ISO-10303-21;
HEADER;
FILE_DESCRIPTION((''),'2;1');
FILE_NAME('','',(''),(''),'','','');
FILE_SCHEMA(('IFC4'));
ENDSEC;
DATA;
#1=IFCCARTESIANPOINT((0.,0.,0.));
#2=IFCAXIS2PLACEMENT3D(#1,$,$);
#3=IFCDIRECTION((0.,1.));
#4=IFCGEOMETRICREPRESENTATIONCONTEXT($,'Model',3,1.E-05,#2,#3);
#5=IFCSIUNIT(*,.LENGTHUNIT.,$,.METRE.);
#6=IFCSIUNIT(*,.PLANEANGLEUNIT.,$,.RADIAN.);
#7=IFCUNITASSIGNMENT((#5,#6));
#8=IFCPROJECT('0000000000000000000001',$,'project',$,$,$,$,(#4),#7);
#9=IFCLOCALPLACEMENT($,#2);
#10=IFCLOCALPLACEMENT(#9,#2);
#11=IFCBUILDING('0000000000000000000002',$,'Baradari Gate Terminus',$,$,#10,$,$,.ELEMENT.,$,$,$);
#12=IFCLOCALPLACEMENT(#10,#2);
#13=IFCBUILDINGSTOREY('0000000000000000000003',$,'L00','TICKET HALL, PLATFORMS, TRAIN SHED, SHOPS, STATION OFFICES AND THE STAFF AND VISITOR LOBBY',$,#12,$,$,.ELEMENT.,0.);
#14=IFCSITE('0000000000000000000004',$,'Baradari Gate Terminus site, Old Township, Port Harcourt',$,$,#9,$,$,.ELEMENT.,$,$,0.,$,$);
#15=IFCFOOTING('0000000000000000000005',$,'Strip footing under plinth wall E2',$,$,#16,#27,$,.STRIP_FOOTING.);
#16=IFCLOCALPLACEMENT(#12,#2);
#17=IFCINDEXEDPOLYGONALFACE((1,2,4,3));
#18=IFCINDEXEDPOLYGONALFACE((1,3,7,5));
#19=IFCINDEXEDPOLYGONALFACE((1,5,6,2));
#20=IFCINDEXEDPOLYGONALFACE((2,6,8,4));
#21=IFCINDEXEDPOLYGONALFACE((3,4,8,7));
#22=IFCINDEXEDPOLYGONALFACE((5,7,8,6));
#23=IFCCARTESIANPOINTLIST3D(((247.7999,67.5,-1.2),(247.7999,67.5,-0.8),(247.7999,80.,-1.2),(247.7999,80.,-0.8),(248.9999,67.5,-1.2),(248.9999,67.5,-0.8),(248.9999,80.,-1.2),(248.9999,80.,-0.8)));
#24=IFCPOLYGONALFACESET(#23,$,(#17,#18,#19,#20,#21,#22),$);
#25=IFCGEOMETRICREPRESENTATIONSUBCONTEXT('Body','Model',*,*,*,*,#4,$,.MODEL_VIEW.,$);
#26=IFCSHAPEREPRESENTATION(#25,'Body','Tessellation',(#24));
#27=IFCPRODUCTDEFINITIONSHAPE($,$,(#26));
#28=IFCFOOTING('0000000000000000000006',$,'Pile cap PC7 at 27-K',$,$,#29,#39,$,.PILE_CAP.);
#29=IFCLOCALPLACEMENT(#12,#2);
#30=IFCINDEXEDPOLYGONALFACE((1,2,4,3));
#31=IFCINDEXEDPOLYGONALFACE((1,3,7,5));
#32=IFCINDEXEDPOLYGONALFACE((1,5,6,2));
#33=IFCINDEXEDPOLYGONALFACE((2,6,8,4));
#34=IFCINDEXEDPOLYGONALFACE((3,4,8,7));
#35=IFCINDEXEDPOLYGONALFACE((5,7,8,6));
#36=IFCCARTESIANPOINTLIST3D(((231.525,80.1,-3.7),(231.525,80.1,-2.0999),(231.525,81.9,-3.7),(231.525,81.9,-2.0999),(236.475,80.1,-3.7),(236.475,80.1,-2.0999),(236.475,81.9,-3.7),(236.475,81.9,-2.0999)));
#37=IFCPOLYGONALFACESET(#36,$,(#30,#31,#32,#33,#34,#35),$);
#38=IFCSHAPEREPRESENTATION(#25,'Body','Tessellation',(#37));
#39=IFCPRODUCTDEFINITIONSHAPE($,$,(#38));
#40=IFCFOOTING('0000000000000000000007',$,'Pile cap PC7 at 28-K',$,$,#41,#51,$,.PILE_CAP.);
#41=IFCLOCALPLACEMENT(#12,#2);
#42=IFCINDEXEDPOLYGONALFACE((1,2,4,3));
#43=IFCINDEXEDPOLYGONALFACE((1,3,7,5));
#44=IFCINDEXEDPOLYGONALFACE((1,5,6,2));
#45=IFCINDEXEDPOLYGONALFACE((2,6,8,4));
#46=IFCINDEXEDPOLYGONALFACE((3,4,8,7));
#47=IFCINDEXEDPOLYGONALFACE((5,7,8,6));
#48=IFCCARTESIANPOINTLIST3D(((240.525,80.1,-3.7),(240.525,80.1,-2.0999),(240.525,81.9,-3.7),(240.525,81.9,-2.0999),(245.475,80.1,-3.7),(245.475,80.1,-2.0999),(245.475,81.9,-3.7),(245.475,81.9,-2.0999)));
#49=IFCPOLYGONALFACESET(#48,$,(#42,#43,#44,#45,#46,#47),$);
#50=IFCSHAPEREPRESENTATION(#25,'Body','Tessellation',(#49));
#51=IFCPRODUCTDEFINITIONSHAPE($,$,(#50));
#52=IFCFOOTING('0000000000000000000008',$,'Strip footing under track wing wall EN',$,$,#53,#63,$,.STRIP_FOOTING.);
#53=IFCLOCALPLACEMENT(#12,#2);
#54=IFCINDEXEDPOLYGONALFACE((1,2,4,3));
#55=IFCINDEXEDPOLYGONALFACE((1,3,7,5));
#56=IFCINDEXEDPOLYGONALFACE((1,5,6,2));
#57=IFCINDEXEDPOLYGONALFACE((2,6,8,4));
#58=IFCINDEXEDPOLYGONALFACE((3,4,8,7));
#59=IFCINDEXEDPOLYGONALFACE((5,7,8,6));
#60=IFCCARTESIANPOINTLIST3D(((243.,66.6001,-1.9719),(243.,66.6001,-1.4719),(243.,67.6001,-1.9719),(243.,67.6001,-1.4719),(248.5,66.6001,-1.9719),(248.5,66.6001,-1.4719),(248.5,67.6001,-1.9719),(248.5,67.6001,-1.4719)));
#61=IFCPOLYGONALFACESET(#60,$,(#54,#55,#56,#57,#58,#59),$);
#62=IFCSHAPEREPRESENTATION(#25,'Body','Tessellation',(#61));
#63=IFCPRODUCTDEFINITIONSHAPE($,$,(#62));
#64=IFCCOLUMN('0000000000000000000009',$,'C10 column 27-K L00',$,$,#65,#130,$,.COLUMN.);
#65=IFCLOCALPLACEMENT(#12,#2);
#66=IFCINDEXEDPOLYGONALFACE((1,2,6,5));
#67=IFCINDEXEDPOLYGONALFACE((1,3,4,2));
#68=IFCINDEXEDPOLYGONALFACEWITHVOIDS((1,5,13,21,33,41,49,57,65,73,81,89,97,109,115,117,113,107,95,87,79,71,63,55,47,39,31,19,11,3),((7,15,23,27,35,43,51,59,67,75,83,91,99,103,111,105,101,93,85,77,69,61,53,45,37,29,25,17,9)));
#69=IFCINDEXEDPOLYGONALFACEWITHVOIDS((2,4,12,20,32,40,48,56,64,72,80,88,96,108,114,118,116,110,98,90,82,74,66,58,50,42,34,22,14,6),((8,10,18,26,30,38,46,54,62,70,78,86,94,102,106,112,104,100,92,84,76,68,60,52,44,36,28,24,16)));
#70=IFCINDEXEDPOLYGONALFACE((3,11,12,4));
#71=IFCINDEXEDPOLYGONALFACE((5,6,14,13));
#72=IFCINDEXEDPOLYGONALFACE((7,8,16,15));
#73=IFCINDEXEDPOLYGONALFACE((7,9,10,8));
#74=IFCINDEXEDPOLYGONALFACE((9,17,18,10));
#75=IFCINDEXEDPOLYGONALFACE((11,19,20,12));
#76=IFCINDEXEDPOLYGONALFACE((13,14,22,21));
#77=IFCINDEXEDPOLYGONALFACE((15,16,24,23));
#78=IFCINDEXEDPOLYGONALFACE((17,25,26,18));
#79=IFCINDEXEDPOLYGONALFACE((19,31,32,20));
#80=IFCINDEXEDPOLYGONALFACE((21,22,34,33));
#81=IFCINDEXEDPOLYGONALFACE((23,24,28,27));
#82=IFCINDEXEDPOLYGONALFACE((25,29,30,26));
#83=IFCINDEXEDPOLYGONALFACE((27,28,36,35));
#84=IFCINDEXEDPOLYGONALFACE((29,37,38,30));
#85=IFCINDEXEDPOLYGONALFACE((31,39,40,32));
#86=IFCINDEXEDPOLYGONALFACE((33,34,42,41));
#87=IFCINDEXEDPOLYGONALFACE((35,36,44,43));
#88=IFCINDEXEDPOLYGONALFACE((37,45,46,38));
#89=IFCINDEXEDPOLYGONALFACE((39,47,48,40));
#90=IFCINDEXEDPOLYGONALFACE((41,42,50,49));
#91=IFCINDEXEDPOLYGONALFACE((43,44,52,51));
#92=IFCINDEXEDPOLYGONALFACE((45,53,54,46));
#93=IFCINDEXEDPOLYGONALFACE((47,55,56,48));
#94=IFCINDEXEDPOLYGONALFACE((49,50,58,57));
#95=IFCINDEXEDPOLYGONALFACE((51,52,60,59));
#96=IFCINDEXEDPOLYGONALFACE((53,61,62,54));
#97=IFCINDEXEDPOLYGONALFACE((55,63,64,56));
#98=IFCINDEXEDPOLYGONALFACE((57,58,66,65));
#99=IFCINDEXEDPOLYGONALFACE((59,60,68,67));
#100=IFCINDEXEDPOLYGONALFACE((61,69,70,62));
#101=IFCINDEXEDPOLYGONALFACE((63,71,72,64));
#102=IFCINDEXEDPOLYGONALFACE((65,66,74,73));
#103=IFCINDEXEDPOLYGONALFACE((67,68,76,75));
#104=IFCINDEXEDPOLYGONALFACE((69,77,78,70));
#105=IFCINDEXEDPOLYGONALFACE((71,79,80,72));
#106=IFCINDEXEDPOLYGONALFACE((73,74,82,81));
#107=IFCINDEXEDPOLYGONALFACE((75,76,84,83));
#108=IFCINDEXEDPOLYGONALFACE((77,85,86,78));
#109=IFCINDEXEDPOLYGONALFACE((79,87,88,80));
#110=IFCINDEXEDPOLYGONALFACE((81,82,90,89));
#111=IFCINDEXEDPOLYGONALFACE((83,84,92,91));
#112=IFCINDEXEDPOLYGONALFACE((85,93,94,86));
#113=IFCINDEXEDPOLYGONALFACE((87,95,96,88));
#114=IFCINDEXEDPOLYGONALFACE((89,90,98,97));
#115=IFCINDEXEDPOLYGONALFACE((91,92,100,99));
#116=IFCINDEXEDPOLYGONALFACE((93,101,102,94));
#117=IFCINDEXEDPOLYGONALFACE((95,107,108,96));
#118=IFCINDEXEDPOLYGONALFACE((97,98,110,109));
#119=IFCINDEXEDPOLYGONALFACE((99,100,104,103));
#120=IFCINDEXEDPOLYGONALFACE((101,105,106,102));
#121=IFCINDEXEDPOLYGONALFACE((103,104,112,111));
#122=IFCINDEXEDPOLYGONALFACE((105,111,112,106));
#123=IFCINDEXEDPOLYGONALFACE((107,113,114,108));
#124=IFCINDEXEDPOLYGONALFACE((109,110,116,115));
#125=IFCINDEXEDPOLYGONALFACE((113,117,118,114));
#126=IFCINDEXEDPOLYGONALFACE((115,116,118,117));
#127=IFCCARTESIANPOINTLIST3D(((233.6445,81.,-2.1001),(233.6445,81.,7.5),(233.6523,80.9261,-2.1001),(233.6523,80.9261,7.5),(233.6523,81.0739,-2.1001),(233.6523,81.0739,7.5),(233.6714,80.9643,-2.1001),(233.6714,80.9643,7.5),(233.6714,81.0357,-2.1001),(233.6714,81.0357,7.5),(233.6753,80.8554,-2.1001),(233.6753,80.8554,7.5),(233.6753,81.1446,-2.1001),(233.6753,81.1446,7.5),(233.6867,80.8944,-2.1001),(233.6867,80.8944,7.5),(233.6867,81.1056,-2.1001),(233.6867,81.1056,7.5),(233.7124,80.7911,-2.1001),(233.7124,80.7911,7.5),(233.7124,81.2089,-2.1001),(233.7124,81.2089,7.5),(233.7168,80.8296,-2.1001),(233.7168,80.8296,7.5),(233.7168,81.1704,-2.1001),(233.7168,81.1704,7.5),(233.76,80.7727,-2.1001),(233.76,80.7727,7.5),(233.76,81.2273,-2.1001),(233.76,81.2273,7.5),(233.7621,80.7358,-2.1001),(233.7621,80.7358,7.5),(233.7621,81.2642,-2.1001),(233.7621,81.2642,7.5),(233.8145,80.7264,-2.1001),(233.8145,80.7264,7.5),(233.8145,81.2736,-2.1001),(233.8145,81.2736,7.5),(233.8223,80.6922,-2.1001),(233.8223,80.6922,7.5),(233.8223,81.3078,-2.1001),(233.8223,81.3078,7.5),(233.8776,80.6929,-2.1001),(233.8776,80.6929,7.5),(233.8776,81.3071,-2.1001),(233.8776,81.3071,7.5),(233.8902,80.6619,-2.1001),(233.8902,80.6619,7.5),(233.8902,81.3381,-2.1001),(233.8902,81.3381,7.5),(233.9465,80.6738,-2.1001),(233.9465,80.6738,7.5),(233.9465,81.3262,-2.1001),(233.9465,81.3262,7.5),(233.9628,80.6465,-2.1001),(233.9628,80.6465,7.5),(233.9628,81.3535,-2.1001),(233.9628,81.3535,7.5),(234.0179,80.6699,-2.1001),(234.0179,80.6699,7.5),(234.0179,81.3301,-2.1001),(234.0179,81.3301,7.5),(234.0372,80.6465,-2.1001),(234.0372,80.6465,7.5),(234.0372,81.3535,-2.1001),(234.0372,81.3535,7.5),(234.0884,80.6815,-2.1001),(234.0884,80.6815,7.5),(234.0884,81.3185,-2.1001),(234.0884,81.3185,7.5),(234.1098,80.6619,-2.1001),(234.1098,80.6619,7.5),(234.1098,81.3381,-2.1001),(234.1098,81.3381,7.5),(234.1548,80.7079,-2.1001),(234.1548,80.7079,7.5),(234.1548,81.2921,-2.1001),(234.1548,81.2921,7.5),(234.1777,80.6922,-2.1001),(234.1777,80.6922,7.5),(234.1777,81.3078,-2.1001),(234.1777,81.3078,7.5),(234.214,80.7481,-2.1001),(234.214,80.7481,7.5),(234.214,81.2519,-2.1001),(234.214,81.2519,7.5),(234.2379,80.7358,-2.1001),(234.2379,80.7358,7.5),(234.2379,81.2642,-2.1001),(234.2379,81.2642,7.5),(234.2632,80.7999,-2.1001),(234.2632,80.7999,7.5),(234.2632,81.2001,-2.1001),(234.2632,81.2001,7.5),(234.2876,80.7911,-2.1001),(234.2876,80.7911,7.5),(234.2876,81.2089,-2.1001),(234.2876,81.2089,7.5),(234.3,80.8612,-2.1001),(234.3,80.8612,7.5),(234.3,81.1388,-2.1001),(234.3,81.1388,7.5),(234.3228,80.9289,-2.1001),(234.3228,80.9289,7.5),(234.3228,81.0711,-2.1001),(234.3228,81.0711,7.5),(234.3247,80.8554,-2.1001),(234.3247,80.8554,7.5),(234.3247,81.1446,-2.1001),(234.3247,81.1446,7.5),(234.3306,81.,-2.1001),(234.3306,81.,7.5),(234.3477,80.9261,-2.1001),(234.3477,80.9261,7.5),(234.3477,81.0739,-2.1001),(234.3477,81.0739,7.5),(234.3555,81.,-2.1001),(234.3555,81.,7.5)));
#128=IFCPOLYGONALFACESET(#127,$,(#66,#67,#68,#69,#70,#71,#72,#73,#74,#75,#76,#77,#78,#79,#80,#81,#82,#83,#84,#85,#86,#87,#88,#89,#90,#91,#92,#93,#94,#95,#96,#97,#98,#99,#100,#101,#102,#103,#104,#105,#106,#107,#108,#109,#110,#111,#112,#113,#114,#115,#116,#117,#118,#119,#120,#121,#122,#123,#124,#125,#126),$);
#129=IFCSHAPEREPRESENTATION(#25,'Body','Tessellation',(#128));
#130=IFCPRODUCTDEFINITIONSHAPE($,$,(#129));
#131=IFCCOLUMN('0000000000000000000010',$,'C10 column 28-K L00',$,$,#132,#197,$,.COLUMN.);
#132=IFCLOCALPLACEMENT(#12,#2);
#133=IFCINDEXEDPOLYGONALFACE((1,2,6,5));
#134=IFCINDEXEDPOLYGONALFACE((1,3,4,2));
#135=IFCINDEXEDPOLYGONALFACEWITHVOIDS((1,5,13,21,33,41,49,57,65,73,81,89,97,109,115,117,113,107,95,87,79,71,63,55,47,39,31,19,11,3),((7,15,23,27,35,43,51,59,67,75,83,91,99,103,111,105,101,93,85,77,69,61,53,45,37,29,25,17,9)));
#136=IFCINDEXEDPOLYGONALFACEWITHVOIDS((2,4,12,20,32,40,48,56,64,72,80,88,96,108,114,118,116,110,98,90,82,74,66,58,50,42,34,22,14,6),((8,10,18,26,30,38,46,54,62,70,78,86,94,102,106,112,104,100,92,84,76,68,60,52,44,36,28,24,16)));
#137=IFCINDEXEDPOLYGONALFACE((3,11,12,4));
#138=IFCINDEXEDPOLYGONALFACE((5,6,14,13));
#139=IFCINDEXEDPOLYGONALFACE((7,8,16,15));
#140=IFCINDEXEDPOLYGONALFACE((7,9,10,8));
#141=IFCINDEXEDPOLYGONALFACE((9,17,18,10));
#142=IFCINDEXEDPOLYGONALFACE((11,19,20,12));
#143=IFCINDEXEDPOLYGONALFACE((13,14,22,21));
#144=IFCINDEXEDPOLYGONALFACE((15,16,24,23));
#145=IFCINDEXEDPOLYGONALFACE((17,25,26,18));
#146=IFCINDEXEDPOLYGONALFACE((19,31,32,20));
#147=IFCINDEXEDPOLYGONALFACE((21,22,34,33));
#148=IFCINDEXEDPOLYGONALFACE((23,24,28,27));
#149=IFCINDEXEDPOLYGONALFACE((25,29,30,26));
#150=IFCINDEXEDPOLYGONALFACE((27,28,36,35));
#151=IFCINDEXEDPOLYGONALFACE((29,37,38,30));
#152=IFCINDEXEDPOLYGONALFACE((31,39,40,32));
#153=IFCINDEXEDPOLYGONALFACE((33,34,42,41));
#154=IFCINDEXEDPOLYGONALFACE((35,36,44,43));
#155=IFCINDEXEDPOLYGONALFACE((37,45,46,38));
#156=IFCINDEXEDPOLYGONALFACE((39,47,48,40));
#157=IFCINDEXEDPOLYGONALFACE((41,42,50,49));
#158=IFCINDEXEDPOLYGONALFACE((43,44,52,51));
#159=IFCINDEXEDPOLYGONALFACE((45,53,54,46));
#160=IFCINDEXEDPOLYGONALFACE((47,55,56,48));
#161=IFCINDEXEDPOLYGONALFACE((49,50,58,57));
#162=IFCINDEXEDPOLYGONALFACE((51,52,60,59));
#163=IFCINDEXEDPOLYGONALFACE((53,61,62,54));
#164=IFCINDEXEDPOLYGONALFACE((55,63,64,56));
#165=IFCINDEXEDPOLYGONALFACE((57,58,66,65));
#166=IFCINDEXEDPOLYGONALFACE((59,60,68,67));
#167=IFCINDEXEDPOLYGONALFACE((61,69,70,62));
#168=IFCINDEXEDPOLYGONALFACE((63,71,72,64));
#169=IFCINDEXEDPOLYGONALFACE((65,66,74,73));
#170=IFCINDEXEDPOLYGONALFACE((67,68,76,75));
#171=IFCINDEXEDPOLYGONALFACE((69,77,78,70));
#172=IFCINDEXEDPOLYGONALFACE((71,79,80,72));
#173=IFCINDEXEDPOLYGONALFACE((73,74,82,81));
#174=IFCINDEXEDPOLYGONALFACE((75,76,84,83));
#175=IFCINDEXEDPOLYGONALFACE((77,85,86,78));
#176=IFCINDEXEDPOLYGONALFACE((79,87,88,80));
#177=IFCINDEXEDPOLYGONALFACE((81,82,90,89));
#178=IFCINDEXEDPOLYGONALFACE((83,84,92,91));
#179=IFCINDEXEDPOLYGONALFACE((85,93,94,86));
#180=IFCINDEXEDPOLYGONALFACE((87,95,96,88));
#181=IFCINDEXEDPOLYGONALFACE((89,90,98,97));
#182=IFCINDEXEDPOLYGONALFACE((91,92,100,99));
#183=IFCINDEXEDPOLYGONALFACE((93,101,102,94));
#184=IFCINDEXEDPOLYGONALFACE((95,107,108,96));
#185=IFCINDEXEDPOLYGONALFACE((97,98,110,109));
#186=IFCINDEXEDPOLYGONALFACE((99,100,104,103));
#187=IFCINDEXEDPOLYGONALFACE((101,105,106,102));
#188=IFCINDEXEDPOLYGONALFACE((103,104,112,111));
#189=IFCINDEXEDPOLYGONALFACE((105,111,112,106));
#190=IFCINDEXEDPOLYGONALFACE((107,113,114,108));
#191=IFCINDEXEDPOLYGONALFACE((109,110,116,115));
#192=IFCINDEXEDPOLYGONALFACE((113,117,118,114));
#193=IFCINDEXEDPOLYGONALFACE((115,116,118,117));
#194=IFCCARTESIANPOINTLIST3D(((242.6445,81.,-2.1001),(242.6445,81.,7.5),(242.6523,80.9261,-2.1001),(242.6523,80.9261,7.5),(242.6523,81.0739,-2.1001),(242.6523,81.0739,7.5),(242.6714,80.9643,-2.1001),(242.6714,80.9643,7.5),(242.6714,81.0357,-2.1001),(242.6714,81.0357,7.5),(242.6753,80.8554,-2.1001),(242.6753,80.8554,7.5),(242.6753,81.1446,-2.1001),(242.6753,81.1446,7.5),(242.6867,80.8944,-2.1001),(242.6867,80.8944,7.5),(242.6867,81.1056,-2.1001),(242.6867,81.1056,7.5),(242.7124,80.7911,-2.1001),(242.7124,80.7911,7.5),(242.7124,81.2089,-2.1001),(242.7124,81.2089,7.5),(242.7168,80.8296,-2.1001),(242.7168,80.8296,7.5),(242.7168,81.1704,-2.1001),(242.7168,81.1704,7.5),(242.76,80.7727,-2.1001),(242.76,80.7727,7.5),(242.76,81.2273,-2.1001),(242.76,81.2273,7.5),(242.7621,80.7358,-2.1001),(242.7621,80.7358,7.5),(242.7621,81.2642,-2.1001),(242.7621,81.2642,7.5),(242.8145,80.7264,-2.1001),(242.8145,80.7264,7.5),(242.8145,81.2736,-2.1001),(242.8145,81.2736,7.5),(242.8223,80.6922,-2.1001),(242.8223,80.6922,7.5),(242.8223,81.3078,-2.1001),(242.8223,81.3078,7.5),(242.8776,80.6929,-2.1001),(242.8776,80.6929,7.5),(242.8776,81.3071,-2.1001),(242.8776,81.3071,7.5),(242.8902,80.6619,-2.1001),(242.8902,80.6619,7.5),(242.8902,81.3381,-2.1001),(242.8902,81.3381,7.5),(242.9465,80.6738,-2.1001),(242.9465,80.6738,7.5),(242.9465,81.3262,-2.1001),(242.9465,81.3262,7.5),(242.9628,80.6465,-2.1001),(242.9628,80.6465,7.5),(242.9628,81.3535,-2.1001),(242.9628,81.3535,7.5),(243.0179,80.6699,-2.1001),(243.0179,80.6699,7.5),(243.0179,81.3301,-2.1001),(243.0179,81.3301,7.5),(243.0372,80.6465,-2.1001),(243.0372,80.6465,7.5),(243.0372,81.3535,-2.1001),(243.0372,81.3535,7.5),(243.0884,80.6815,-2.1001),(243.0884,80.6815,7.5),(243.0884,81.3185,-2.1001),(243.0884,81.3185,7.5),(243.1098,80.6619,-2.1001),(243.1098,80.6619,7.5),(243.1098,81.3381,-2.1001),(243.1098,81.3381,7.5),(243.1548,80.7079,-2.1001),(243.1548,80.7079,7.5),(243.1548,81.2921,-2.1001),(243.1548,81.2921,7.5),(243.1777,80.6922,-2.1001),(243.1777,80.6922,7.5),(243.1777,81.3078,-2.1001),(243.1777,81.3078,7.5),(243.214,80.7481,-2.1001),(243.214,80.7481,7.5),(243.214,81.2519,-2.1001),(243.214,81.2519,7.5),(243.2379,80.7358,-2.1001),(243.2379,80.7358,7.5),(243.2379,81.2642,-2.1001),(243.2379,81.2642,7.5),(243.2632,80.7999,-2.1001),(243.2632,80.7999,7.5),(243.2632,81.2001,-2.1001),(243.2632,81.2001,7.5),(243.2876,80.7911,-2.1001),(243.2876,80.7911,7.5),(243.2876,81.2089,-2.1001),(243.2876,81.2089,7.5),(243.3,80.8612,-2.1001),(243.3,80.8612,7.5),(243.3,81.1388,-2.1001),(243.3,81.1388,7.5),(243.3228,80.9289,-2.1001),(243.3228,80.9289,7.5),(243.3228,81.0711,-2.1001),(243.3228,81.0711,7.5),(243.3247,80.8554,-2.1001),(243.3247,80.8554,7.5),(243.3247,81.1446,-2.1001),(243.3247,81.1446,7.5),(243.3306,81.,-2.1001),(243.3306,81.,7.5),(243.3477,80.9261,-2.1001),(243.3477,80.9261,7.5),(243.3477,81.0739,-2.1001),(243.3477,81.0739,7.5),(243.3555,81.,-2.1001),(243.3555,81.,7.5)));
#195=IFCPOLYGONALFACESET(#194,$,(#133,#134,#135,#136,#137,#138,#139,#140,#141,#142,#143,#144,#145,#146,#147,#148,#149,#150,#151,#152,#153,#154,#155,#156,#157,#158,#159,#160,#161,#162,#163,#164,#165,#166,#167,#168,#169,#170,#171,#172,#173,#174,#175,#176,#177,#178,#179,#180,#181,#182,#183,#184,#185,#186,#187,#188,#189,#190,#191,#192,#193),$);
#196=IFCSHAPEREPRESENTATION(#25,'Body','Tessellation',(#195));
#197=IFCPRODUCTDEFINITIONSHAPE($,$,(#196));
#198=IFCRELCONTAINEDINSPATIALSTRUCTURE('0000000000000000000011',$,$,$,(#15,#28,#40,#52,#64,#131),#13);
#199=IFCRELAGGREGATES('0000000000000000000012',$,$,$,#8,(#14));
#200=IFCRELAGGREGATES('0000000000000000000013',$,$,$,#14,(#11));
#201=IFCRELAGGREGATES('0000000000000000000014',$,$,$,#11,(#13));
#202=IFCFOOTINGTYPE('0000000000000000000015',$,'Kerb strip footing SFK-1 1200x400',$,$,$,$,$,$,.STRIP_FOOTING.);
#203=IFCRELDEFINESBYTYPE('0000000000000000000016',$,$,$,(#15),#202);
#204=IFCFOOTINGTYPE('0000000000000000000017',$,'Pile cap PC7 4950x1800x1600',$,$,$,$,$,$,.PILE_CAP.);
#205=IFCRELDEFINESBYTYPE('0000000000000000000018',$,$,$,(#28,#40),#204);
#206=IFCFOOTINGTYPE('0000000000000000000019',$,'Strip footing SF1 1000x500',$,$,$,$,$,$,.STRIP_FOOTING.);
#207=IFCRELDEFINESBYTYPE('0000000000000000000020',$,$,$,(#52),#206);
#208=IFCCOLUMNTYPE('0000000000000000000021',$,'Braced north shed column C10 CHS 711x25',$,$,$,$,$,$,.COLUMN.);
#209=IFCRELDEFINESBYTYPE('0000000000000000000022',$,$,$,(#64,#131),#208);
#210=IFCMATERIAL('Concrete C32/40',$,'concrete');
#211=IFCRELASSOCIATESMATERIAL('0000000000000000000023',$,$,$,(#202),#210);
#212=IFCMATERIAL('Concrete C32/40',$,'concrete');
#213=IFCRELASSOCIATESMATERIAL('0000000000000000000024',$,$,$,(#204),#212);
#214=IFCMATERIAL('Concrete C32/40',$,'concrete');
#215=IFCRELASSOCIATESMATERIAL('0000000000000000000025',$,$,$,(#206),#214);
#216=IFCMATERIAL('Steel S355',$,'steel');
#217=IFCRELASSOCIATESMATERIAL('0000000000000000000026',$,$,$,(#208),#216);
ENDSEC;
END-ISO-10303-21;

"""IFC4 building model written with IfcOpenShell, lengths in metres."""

from ifc_helpers import new_model, si_unit, direction, frame, origin, origin_2d, place, context, subcontext, project, spatial, rectangle, hollow_circle, extrude, material, material_profile, profile_set, type_object, element, save


model = new_model("IFC4")

# Units and contexts
model_context = context("Model", 3, precision=1e-05, world=origin(), true_north=direction((0.0, 1.0)))
body_context = subcontext(model_context, "Body", "Model", "MODEL_VIEW")
ifc_project = project(units=[si_unit("LENGTHUNIT", "METRE"), si_unit("PLANEANGLEUNIT", "RADIAN")], contexts=[model_context])

# Site, building, storey
site_placement = place(None, origin())
site = spatial("IfcSite", under=ifc_project, at=site_placement, Name="Baradari Gate Terminus site, Old Township, Port Harcourt", CompositionType="ELEMENT", RefElevation=0.0)
building_placement = place(site_placement, origin())
building = spatial("IfcBuilding", under=site, at=building_placement, Name="Baradari Gate Terminus", CompositionType="ELEMENT")
storey_placement = place(building_placement, origin())
storey = spatial("IfcBuildingStorey", under=building, at=storey_placement, Name="L00", Description="TICKET HALL, PLATFORMS, TRAIN SHED, SHOPS, STATION OFFICES AND THE STAFF AND VISITOR LOBBY", CompositionType="ELEMENT", Elevation=0.0)

# Footings
ifc_material_1 = material(Name="Concrete C32/40", Category="concrete")
footing_type_1 = type_object("IfcFootingType", Name="Kerb strip footing SFK-1 1200x400", PredefinedType="STRIP_FOOTING", material=ifc_material_1)
footing_1_placement = place(storey_placement, frame((248.3999, 73.75, -1.2), z_axis=(0.0, 0.0, 1.0), x_axis=(1.0, 0.0, 0.0)))
element("IfcFooting", 1, at=footing_1_placement, inside=storey, type_object=footing_type_1, Name="Strip footing under plinth wall E2", PredefinedType="STRIP_FOOTING", context=body_context, shape_type="SweptSolid", body=[
    extrude(rectangle(XDim=1.2, YDim=12.5, at=origin_2d()), origin(), (0.0, 0.0, 1.0), 0.3999),
])
ifc_material_2 = material(Name="Concrete C32/40", Category="concrete")
footing_type_2 = type_object("IfcFootingType", Name="Pile cap PC7 4950x1800x1600", PredefinedType="PILE_CAP", material=ifc_material_2)
for number, where, z_axis, x_axis, name in (
    (2, (234.0, 81.0, -3.7), (0.0, 0.0, 1.0), (1.0, 0.0, 0.0), "Pile cap PC7 at 27-K"),
    (3, (243.0, 81.0, -3.7), (0.0, 0.0, 1.0), (1.0, 0.0, 0.0), "Pile cap PC7 at 28-K"),
):
    element("IfcFooting", number, at=place(storey_placement, frame(where, z_axis=z_axis, x_axis=x_axis)), inside=storey, type_object=footing_type_2, Name=name, PredefinedType="PILE_CAP", context=body_context, shape_type="SweptSolid", body=[
        extrude(rectangle(XDim=4.95, YDim=1.8, at=origin_2d()), origin(), (0.0, 0.0, 1.0), 1.6001),
    ])
ifc_material_3 = material(Name="Concrete C32/40", Category="concrete")
footing_type_3 = type_object("IfcFootingType", Name="Strip footing SF1 1000x500", PredefinedType="STRIP_FOOTING", material=ifc_material_3)
footing_2_placement = place(storey_placement, frame((245.75, 67.1001, -1.9719), z_axis=(0.0, 0.0, 1.0), x_axis=(1.0, 0.0, 0.0)))
element("IfcFooting", 4, at=footing_2_placement, inside=storey, type_object=footing_type_3, Name="Strip footing under track wing wall EN", PredefinedType="STRIP_FOOTING", context=body_context, shape_type="SweptSolid", body=[
    extrude(rectangle(XDim=5.5, YDim=1.0, at=origin_2d()), origin(), (0.0, 0.0, 1.0), 0.5),
])

# Columns
ifc_material_4 = material(Name="Steel S355", Category="steel")
ifc_material_profile = material_profile(ifc_material_4, hollow_circle(Radius=0.3555, WallThickness=0.0249, at=origin_2d()), Name="CHS 711x25")
ifc_profile_set = profile_set([ifc_material_profile], Name="Steel S355")
column_type = type_object("IfcColumnType", Name="Braced north shed column C10 CHS 711x25", PredefinedType="COLUMN", material=ifc_profile_set)
for number, where, z_axis, x_axis, name in (
    (5, (234.0, 81.0, -2.1001), (0.0, 0.0, 1.0), (1.0, 0.0, 0.0), "C10 column 27-K L00"),
    (6, (243.0, 81.0, -2.1001), (0.0, 0.0, 1.0), (1.0, 0.0, 0.0), "C10 column 28-K L00"),
):
    element("IfcColumn", number, at=place(storey_placement, frame(where, z_axis=z_axis, x_axis=x_axis)), inside=storey, type_object=column_type, Name=name, PredefinedType="COLUMN", context=body_context, shape_type="SweptSolid", body=[
        extrude(hollow_circle(Radius=0.3555, WallThickness=0.0249, at=origin_2d()), origin(), (0.0, 0.0, 1.0), 9.6001),
    ])

save(model, "model.ifc")
